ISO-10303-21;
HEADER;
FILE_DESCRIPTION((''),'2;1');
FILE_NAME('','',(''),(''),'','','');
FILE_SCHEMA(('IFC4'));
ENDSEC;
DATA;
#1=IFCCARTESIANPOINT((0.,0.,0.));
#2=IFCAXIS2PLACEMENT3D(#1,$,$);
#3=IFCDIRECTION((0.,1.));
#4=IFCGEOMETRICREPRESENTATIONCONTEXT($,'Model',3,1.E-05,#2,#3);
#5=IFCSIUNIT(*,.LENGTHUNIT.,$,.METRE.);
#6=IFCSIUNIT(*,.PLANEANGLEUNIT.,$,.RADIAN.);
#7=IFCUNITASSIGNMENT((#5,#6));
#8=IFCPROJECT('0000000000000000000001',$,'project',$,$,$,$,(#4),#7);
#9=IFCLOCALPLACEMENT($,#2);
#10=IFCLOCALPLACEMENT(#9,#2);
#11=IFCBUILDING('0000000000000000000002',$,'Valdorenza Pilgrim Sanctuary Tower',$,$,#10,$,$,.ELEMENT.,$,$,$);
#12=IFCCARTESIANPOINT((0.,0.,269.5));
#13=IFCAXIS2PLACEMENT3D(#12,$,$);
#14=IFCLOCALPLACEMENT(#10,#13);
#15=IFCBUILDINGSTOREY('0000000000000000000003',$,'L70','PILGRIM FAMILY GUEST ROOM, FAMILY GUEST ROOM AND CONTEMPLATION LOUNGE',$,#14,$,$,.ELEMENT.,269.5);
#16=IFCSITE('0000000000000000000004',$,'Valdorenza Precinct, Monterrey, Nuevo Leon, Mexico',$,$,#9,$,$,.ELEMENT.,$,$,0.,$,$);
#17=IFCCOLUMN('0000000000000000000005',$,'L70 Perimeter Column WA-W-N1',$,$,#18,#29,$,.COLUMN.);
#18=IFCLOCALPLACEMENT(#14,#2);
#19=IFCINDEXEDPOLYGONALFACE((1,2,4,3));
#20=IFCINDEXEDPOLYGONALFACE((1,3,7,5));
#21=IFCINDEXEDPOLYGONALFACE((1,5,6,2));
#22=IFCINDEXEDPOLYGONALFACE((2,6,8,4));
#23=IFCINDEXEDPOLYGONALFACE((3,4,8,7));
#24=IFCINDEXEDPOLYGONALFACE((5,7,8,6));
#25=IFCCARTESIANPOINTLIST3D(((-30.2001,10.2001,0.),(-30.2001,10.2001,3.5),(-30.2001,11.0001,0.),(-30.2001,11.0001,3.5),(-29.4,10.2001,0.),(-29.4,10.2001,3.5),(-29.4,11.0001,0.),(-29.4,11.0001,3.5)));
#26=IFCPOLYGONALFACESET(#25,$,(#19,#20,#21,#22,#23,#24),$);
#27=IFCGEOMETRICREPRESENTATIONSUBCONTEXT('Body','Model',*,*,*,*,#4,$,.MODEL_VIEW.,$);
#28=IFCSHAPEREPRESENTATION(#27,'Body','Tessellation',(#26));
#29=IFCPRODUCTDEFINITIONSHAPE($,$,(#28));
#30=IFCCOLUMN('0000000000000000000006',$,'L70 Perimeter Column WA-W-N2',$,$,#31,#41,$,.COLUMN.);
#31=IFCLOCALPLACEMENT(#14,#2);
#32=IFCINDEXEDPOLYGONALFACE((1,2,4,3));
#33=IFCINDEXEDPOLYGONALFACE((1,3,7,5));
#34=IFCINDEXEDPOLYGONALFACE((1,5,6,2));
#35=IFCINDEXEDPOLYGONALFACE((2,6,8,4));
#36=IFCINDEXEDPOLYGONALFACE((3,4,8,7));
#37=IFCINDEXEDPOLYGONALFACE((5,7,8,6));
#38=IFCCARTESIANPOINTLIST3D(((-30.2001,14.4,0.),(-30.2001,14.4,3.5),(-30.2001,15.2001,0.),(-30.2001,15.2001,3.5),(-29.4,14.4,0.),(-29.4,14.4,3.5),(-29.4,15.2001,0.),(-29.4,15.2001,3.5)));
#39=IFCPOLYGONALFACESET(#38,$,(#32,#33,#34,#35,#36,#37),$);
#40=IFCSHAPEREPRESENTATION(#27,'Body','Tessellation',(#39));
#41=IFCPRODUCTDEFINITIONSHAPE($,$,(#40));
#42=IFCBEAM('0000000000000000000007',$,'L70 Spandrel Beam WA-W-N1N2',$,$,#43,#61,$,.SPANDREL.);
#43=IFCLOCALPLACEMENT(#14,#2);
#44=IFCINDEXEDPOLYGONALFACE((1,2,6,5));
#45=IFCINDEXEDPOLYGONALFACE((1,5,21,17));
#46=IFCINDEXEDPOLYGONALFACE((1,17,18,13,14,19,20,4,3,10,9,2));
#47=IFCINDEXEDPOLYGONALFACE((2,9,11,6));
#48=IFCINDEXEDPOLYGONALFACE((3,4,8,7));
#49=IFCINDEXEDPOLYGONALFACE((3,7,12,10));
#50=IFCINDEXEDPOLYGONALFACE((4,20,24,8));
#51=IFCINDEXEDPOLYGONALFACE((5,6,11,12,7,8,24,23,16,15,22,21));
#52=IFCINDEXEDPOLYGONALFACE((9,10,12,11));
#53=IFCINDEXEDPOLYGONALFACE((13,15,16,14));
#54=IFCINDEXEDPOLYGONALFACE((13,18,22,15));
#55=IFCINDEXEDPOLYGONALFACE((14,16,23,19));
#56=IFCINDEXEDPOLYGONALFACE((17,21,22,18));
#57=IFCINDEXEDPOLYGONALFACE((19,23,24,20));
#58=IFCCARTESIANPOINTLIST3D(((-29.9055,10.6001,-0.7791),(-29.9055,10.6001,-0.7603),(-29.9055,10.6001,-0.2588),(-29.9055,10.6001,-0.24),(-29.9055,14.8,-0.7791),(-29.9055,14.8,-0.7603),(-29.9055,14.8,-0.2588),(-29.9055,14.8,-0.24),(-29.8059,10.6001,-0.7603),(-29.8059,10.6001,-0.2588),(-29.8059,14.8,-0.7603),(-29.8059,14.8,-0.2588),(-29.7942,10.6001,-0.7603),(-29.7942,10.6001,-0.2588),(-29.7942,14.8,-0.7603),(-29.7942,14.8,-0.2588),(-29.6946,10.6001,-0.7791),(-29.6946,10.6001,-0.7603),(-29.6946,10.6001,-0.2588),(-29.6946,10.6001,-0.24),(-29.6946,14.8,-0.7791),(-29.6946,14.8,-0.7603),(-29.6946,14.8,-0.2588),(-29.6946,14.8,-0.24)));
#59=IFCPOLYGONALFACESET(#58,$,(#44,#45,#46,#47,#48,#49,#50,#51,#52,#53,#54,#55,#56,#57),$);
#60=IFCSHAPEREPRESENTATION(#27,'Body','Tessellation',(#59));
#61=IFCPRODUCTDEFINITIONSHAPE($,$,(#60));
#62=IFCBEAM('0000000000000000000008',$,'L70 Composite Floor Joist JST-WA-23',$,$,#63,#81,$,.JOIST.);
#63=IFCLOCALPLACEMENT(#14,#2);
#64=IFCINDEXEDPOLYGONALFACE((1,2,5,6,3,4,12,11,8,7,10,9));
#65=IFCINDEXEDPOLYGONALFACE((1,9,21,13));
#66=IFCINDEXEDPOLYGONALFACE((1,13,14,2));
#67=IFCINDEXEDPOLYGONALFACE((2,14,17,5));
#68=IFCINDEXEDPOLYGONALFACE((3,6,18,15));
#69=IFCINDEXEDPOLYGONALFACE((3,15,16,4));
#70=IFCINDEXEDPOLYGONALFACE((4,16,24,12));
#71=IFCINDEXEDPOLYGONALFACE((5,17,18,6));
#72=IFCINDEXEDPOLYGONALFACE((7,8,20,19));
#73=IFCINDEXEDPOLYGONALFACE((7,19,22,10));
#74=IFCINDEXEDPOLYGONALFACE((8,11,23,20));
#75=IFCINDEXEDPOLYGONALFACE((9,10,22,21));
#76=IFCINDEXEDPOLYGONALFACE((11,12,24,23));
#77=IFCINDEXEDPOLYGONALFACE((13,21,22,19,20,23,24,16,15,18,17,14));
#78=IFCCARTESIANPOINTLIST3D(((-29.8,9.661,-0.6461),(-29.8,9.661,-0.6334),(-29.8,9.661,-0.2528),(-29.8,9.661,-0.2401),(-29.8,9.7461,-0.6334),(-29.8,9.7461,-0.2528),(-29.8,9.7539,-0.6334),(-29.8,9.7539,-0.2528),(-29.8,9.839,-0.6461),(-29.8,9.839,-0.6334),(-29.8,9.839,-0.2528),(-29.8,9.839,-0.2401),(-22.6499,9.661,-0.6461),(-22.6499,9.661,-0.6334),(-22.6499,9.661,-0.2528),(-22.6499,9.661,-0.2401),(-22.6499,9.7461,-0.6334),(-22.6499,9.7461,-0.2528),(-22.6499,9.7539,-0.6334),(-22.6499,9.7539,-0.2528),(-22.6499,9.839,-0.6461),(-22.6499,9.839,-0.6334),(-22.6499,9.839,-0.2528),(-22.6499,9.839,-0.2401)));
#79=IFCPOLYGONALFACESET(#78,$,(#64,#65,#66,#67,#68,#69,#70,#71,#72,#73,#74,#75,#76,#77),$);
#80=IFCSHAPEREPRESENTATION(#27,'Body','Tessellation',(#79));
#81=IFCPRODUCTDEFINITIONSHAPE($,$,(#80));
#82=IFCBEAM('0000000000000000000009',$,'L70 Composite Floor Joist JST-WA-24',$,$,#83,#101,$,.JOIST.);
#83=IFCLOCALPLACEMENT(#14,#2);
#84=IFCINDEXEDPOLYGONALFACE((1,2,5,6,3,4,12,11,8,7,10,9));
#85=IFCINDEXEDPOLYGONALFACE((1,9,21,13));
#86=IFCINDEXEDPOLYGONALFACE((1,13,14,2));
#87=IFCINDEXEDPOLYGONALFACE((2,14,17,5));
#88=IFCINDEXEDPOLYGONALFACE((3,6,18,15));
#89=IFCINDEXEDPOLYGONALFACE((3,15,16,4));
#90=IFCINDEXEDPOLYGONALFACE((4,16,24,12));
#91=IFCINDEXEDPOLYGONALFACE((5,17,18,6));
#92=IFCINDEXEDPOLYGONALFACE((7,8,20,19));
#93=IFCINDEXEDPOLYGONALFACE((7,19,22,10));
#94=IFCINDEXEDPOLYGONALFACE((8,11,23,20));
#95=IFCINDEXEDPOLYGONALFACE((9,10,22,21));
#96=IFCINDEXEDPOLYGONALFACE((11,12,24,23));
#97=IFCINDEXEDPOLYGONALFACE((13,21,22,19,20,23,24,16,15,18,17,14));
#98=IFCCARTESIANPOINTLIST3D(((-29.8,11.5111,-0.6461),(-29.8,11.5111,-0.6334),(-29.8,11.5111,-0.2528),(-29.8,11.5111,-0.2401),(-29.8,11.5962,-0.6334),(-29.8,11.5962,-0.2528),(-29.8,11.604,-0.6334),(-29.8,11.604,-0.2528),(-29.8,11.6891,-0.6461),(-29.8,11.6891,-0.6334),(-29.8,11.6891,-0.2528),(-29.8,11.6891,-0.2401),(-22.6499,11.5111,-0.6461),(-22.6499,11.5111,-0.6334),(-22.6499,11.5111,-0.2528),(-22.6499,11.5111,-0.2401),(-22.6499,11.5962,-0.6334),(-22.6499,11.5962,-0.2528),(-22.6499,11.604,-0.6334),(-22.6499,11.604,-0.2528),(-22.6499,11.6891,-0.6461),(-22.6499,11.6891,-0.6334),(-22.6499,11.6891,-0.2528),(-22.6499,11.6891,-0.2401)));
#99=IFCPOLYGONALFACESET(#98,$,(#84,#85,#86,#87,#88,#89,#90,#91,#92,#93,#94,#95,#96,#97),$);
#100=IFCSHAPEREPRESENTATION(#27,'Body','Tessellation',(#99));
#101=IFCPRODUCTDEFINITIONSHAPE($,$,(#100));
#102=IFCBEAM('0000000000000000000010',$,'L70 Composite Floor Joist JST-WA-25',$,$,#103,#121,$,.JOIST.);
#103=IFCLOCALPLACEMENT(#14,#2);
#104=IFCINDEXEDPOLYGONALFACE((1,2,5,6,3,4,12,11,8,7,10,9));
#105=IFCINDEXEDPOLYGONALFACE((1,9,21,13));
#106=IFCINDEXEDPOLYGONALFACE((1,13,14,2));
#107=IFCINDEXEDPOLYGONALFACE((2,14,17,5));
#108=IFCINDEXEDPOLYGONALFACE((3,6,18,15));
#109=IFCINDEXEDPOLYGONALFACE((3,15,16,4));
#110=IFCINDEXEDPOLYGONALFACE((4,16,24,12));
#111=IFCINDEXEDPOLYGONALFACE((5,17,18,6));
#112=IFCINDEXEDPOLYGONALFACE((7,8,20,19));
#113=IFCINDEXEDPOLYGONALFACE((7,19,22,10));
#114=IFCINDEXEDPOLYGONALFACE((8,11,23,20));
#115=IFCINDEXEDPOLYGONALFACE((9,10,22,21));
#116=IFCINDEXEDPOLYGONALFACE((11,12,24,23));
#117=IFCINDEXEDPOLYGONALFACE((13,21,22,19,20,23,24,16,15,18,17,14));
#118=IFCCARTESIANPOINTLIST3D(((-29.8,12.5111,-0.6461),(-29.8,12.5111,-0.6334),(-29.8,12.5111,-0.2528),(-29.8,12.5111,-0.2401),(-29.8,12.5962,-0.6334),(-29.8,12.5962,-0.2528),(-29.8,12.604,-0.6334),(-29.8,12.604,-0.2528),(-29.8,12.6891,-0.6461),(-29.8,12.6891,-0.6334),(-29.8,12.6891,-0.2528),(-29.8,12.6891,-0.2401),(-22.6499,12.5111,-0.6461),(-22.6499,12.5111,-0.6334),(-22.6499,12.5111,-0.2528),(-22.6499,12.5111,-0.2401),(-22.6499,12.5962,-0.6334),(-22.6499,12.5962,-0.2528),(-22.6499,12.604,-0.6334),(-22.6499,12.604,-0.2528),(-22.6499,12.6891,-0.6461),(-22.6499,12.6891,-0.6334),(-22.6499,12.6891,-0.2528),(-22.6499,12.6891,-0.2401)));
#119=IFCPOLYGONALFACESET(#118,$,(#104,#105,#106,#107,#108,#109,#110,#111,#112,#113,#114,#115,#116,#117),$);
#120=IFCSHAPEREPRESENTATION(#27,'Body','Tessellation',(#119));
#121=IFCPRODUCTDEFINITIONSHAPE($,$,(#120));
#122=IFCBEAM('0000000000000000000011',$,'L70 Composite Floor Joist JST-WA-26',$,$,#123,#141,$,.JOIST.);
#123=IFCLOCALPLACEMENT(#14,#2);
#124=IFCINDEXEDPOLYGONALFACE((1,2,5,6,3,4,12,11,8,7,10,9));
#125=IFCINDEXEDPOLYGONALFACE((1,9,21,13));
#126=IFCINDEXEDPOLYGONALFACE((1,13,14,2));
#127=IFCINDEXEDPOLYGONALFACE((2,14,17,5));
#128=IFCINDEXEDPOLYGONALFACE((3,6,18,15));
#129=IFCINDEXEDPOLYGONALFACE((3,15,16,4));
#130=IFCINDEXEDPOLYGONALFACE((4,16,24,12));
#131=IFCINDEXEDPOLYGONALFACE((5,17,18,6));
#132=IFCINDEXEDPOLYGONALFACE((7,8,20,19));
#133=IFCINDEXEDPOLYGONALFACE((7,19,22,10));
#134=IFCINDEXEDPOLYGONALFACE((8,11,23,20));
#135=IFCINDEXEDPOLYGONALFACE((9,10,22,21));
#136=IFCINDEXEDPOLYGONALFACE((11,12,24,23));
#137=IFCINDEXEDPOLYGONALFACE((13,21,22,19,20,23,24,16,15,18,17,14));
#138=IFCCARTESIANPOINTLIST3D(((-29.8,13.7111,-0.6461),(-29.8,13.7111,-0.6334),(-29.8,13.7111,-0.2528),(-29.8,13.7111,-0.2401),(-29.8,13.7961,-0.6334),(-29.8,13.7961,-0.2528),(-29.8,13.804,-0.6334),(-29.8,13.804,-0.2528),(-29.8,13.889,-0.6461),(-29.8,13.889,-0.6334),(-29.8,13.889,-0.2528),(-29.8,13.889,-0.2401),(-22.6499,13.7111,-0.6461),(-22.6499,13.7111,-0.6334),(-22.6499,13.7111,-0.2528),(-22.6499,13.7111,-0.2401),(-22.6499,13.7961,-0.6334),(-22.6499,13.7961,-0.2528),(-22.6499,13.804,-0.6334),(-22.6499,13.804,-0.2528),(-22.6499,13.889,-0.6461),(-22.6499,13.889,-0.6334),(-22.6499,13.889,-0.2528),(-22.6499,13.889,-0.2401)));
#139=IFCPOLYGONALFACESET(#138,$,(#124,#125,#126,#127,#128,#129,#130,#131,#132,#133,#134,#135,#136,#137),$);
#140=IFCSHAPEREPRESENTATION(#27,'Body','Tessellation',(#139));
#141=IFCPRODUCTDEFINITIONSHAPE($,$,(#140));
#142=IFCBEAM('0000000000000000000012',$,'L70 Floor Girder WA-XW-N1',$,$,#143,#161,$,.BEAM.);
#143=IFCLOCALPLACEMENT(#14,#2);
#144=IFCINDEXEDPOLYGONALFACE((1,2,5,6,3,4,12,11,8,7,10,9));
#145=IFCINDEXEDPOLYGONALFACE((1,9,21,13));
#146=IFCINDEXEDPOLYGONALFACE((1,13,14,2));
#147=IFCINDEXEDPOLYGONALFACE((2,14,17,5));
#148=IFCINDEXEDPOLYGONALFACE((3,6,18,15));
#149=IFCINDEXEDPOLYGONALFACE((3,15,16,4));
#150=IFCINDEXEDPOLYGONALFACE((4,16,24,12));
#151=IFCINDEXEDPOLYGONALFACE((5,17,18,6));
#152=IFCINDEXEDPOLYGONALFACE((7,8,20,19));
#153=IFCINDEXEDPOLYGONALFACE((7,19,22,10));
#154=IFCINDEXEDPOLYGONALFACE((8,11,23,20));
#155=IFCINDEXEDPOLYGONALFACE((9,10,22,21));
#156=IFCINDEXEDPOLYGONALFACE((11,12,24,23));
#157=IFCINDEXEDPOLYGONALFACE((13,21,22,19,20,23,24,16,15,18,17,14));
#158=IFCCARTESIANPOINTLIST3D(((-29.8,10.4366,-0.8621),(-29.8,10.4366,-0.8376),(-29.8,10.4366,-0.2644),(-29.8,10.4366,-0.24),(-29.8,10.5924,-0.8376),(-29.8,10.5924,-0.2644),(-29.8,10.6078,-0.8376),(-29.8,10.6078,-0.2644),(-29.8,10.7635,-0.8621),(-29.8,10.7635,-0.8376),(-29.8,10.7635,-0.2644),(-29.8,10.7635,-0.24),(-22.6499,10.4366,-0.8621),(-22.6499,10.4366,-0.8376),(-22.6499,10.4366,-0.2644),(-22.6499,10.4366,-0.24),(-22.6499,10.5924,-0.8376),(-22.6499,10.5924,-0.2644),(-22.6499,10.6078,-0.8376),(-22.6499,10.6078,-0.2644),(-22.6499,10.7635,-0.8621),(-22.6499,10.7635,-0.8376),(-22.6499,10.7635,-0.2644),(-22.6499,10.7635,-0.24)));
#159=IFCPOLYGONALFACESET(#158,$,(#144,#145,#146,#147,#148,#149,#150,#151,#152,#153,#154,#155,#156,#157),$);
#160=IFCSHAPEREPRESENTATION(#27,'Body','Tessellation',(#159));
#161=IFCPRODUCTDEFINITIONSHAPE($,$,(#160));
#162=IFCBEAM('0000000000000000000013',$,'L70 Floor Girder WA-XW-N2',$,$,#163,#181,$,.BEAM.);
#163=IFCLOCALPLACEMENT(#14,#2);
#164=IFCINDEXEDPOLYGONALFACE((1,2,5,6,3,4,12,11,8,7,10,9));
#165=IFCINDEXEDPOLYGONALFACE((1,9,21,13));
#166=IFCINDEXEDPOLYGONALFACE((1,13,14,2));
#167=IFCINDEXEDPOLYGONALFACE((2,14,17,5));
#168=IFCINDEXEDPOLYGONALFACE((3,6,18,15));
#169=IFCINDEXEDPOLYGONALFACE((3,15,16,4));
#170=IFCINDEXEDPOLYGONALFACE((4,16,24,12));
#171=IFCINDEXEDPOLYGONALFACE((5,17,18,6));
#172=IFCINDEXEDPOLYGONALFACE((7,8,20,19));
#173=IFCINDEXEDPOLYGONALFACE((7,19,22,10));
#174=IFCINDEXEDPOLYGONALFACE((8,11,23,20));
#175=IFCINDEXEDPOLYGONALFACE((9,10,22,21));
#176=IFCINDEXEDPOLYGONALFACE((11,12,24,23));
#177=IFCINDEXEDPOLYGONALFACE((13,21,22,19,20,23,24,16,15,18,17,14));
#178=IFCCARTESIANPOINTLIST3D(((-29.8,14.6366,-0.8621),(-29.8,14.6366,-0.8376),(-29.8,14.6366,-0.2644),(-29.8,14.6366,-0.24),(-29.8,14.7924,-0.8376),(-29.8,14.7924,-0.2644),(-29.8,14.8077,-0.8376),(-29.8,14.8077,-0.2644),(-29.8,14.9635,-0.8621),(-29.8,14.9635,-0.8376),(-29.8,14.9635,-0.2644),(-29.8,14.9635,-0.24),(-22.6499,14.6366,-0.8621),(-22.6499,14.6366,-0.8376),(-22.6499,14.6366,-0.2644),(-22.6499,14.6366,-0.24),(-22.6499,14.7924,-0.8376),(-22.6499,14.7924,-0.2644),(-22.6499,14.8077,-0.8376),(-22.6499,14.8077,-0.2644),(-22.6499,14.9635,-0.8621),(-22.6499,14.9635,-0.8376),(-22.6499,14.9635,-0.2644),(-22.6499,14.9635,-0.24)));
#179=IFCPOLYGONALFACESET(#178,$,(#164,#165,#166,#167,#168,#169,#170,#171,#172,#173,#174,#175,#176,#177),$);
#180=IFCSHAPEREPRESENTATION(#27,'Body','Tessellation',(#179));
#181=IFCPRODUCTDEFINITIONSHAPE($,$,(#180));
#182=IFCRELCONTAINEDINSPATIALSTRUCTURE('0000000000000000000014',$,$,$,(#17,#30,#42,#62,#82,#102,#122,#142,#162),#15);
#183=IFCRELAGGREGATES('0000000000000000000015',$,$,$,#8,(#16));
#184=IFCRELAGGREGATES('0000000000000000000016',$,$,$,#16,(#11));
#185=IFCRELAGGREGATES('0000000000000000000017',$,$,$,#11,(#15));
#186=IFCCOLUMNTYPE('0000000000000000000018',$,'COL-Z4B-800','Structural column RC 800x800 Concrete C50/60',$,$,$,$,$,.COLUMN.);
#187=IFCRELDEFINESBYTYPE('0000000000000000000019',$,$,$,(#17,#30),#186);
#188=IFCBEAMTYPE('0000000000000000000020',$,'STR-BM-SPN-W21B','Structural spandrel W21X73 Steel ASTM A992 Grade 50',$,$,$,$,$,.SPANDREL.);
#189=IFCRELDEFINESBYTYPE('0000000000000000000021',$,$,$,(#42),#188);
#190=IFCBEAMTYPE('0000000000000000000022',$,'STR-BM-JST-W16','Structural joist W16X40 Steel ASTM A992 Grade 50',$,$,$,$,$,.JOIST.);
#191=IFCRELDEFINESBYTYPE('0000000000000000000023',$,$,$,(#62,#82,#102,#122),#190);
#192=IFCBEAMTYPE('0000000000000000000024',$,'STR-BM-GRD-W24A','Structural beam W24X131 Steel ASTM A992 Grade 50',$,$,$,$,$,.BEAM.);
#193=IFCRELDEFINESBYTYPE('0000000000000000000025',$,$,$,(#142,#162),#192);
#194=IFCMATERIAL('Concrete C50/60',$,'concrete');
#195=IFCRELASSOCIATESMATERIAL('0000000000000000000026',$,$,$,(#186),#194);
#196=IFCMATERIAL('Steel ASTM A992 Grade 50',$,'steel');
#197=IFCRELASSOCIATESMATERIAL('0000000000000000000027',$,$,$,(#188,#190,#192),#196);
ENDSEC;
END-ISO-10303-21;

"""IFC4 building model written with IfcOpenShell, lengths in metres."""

from ifc_helpers import new_model, si_unit, direction, frame, origin, origin_2d, place, context, subcontext, project, spatial, rectangle, i_section, extrude, source, transform, mapped, material, material_profile, profile_set, type_object, element, save


model = new_model("IFC4")

# Units and contexts
model_context = context("Model", 3, precision=1e-05, world=origin(), true_north=direction((0.0, 1.0)))
body_context = subcontext(model_context, "Body", "Model", "MODEL_VIEW")
ifc_project = project(units=[si_unit("LENGTHUNIT", "METRE"), si_unit("PLANEANGLEUNIT", "RADIAN")], contexts=[model_context])

# Site, building, storey
site_placement = place(None, origin())
site = spatial("IfcSite", under=ifc_project, at=site_placement, Name="Valdorenza Precinct, Monterrey, Nuevo Leon, Mexico", CompositionType="ELEMENT", RefElevation=0.0)
building_placement = place(site_placement, origin())
building = spatial("IfcBuilding", under=site, at=building_placement, Name="Valdorenza Pilgrim Sanctuary Tower", CompositionType="ELEMENT")
storey_placement = place(building_placement, frame((0.0, 0.0, 269.5)))
storey = spatial("IfcBuildingStorey", under=building, at=storey_placement, Name="L70", Description="PILGRIM FAMILY GUEST ROOM, FAMILY GUEST ROOM AND CONTEMPLATION LOUNGE", CompositionType="ELEMENT", Elevation=269.5)

# Columns
ifc_material_1 = material(Name="Concrete C50/60", Category="concrete")
ifc_material_profile_1 = material_profile(ifc_material_1, rectangle(XDim=0.8, YDim=0.8, at=origin_2d()), Name="RC 800x800")
ifc_profile_set_1 = profile_set([ifc_material_profile_1], Name="Concrete C50/60")
column_type = type_object("IfcColumnType", Name="COL-Z4B-800", Description="Structural column RC 800x800 Concrete C50/60", PredefinedType="COLUMN", material=ifc_profile_set_1)
shared_shape_1 = source(origin(), body_context, "Body", "SweptSolid", [
    extrude(rectangle(XDim=0.8, YDim=0.8, at=origin_2d()), origin(), (0.0, 0.0, 1.0), 3.5),
])
for number, where, z_axis, x_axis, name in (
    (1, (-29.8, 10.6001, 0.0), (0.0, 0.0, 1.0), (1.0, 0.0, 0.0), "L70 Perimeter Column WA-W-N1"),
    (2, (-29.8, 14.8, 0.0), (0.0, 0.0, 1.0), (1.0, 0.0, 0.0), "L70 Perimeter Column WA-W-N2"),
):
    element("IfcColumn", number, at=place(storey_placement, frame(where, z_axis=z_axis, x_axis=x_axis)), inside=storey, type_object=column_type, Name=name, PredefinedType="COLUMN", context=body_context, shape_type="MappedRepresentation", body=[
        mapped(shared_shape_1, transform((0.0, 0.0, 0.0), x_axis=(1.0, 0.0, 0.0), y_axis=(0.0, 1.0, 0.0), z_axis=(0.0, 0.0, 1.0), scale=1.0)),
    ])

# Beams
ifc_material_2 = material(Name="Steel ASTM A992 Grade 50", Category="steel")
ifc_material_profile_2 = material_profile(ifc_material_2, i_section(OverallWidth=0.2109, OverallDepth=0.5391, WebThickness=0.0117, FlangeThickness=0.0188, at=origin_2d()), Name="W21X73")
ifc_profile_set_2 = profile_set([ifc_material_profile_2], Name="Steel ASTM A992 Grade 50")
beam_type_1 = type_object("IfcBeamType", Name="STR-BM-SPN-W21B", Description="Structural spandrel W21X73 Steel ASTM A992 Grade 50", PredefinedType="SPANDREL", material=ifc_profile_set_2)
shared_shape_2 = source(origin(), body_context, "Body", "SweptSolid", [
    extrude(i_section(OverallWidth=0.2109, OverallDepth=0.5391, WebThickness=0.0117, FlangeThickness=0.0188, at=origin_2d()), origin(), (0.0, 0.0, 1.0), 4.2),
])
beam_placement = place(storey_placement, frame((-29.8, 10.6001, -0.5095), z_axis=(0.0, 1.0, 0.0), x_axis=(-1.0, 0.0, 0.0)))
element("IfcBeam", 3, at=beam_placement, inside=storey, type_object=beam_type_1, Name="L70 Spandrel Beam WA-W-N1N2", PredefinedType="SPANDREL", context=body_context, shape_type="MappedRepresentation", body=[
    mapped(shared_shape_2, transform((0.0, 0.0, 0.0), x_axis=(1.0, 0.0, 0.0), y_axis=(0.0, 1.0, 0.0), z_axis=(0.0, 0.0, 1.0), scale=1.0)),
])
ifc_material_profile_3 = material_profile(ifc_material_2, i_section(OverallWidth=0.178, OverallDepth=0.406, WebThickness=0.0078, FlangeThickness=0.0127, at=origin_2d()), Name="W16X40")
ifc_profile_set_3 = profile_set([ifc_material_profile_3], Name="Steel ASTM A992 Grade 50")
beam_type_2 = type_object("IfcBeamType", Name="STR-BM-JST-W16", Description="Structural joist W16X40 Steel ASTM A992 Grade 50", PredefinedType="JOIST", material=ifc_profile_set_3)
shared_shape_3 = source(origin(), body_context, "Body", "SweptSolid", [
    extrude(i_section(OverallWidth=0.178, OverallDepth=0.406, WebThickness=0.0078, FlangeThickness=0.0127, at=origin_2d()), origin(), (0.0, 0.0, 1.0), 7.1501),
])
for number, where, z_axis, x_axis, name in (
    (4, (-29.8, 9.75, -0.4431), (1.0, 0.0, 0.0), (0.0, 1.0, 0.0), "L70 Composite Floor Joist JST-WA-23"),
    (5, (-29.8, 11.6001, -0.4431), (1.0, 0.0, 0.0), (0.0, 1.0, 0.0), "L70 Composite Floor Joist JST-WA-24"),
    (6, (-29.8, 12.6001, -0.4431), (1.0, 0.0, 0.0), (0.0, 1.0, 0.0), "L70 Composite Floor Joist JST-WA-25"),
    (7, (-29.8, 13.8, -0.4431), (1.0, 0.0, 0.0), (0.0, 1.0, 0.0), "L70 Composite Floor Joist JST-WA-26"),
):
    element("IfcBeam", number, at=place(storey_placement, frame(where, z_axis=z_axis, x_axis=x_axis)), inside=storey, type_object=beam_type_2, Name=name, PredefinedType="JOIST", context=body_context, shape_type="MappedRepresentation", body=[
        mapped(shared_shape_3, transform((0.0, 0.0, 0.0), x_axis=(1.0, 0.0, 0.0), y_axis=(0.0, 1.0, 0.0), z_axis=(0.0, 0.0, 1.0), scale=1.0)),
    ])
ifc_material_profile_4 = material_profile(ifc_material_2, i_section(OverallWidth=0.3269, OverallDepth=0.6221, WebThickness=0.0154, FlangeThickness=0.0244, at=origin_2d()), Name="W24X131")
ifc_profile_set_4 = profile_set([ifc_material_profile_4], Name="Steel ASTM A992 Grade 50")
beam_type_3 = type_object("IfcBeamType", Name="STR-BM-GRD-W24A", Description="Structural beam W24X131 Steel ASTM A992 Grade 50", PredefinedType="BEAM", material=ifc_profile_set_4)
shared_shape_4 = source(origin(), body_context, "Body", "SweptSolid", [
    extrude(i_section(OverallWidth=0.3269, OverallDepth=0.6221, WebThickness=0.0154, FlangeThickness=0.0244, at=origin_2d()), origin(), (0.0, 0.0, 1.0), 7.1501),
])
for number, where, z_axis, x_axis, name in (
    (8, (-29.8, 10.6001, -0.551), (1.0, 0.0, 0.0), (0.0, 1.0, 0.0), "L70 Floor Girder WA-XW-N1"),
    (9, (-29.8, 14.8, -0.551), (1.0, 0.0, 0.0), (0.0, 1.0, 0.0), "L70 Floor Girder WA-XW-N2"),
):
    element("IfcBeam", number, at=place(storey_placement, frame(where, z_axis=z_axis, x_axis=x_axis)), inside=storey, type_object=beam_type_3, Name=name, PredefinedType="BEAM", context=body_context, shape_type="MappedRepresentation", body=[
        mapped(shared_shape_4, transform((0.0, 0.0, 0.0), x_axis=(1.0, 0.0, 0.0), y_axis=(0.0, 1.0, 0.0), z_axis=(0.0, 0.0, 1.0), scale=1.0)),
    ])

save(model, "model.ifc")
